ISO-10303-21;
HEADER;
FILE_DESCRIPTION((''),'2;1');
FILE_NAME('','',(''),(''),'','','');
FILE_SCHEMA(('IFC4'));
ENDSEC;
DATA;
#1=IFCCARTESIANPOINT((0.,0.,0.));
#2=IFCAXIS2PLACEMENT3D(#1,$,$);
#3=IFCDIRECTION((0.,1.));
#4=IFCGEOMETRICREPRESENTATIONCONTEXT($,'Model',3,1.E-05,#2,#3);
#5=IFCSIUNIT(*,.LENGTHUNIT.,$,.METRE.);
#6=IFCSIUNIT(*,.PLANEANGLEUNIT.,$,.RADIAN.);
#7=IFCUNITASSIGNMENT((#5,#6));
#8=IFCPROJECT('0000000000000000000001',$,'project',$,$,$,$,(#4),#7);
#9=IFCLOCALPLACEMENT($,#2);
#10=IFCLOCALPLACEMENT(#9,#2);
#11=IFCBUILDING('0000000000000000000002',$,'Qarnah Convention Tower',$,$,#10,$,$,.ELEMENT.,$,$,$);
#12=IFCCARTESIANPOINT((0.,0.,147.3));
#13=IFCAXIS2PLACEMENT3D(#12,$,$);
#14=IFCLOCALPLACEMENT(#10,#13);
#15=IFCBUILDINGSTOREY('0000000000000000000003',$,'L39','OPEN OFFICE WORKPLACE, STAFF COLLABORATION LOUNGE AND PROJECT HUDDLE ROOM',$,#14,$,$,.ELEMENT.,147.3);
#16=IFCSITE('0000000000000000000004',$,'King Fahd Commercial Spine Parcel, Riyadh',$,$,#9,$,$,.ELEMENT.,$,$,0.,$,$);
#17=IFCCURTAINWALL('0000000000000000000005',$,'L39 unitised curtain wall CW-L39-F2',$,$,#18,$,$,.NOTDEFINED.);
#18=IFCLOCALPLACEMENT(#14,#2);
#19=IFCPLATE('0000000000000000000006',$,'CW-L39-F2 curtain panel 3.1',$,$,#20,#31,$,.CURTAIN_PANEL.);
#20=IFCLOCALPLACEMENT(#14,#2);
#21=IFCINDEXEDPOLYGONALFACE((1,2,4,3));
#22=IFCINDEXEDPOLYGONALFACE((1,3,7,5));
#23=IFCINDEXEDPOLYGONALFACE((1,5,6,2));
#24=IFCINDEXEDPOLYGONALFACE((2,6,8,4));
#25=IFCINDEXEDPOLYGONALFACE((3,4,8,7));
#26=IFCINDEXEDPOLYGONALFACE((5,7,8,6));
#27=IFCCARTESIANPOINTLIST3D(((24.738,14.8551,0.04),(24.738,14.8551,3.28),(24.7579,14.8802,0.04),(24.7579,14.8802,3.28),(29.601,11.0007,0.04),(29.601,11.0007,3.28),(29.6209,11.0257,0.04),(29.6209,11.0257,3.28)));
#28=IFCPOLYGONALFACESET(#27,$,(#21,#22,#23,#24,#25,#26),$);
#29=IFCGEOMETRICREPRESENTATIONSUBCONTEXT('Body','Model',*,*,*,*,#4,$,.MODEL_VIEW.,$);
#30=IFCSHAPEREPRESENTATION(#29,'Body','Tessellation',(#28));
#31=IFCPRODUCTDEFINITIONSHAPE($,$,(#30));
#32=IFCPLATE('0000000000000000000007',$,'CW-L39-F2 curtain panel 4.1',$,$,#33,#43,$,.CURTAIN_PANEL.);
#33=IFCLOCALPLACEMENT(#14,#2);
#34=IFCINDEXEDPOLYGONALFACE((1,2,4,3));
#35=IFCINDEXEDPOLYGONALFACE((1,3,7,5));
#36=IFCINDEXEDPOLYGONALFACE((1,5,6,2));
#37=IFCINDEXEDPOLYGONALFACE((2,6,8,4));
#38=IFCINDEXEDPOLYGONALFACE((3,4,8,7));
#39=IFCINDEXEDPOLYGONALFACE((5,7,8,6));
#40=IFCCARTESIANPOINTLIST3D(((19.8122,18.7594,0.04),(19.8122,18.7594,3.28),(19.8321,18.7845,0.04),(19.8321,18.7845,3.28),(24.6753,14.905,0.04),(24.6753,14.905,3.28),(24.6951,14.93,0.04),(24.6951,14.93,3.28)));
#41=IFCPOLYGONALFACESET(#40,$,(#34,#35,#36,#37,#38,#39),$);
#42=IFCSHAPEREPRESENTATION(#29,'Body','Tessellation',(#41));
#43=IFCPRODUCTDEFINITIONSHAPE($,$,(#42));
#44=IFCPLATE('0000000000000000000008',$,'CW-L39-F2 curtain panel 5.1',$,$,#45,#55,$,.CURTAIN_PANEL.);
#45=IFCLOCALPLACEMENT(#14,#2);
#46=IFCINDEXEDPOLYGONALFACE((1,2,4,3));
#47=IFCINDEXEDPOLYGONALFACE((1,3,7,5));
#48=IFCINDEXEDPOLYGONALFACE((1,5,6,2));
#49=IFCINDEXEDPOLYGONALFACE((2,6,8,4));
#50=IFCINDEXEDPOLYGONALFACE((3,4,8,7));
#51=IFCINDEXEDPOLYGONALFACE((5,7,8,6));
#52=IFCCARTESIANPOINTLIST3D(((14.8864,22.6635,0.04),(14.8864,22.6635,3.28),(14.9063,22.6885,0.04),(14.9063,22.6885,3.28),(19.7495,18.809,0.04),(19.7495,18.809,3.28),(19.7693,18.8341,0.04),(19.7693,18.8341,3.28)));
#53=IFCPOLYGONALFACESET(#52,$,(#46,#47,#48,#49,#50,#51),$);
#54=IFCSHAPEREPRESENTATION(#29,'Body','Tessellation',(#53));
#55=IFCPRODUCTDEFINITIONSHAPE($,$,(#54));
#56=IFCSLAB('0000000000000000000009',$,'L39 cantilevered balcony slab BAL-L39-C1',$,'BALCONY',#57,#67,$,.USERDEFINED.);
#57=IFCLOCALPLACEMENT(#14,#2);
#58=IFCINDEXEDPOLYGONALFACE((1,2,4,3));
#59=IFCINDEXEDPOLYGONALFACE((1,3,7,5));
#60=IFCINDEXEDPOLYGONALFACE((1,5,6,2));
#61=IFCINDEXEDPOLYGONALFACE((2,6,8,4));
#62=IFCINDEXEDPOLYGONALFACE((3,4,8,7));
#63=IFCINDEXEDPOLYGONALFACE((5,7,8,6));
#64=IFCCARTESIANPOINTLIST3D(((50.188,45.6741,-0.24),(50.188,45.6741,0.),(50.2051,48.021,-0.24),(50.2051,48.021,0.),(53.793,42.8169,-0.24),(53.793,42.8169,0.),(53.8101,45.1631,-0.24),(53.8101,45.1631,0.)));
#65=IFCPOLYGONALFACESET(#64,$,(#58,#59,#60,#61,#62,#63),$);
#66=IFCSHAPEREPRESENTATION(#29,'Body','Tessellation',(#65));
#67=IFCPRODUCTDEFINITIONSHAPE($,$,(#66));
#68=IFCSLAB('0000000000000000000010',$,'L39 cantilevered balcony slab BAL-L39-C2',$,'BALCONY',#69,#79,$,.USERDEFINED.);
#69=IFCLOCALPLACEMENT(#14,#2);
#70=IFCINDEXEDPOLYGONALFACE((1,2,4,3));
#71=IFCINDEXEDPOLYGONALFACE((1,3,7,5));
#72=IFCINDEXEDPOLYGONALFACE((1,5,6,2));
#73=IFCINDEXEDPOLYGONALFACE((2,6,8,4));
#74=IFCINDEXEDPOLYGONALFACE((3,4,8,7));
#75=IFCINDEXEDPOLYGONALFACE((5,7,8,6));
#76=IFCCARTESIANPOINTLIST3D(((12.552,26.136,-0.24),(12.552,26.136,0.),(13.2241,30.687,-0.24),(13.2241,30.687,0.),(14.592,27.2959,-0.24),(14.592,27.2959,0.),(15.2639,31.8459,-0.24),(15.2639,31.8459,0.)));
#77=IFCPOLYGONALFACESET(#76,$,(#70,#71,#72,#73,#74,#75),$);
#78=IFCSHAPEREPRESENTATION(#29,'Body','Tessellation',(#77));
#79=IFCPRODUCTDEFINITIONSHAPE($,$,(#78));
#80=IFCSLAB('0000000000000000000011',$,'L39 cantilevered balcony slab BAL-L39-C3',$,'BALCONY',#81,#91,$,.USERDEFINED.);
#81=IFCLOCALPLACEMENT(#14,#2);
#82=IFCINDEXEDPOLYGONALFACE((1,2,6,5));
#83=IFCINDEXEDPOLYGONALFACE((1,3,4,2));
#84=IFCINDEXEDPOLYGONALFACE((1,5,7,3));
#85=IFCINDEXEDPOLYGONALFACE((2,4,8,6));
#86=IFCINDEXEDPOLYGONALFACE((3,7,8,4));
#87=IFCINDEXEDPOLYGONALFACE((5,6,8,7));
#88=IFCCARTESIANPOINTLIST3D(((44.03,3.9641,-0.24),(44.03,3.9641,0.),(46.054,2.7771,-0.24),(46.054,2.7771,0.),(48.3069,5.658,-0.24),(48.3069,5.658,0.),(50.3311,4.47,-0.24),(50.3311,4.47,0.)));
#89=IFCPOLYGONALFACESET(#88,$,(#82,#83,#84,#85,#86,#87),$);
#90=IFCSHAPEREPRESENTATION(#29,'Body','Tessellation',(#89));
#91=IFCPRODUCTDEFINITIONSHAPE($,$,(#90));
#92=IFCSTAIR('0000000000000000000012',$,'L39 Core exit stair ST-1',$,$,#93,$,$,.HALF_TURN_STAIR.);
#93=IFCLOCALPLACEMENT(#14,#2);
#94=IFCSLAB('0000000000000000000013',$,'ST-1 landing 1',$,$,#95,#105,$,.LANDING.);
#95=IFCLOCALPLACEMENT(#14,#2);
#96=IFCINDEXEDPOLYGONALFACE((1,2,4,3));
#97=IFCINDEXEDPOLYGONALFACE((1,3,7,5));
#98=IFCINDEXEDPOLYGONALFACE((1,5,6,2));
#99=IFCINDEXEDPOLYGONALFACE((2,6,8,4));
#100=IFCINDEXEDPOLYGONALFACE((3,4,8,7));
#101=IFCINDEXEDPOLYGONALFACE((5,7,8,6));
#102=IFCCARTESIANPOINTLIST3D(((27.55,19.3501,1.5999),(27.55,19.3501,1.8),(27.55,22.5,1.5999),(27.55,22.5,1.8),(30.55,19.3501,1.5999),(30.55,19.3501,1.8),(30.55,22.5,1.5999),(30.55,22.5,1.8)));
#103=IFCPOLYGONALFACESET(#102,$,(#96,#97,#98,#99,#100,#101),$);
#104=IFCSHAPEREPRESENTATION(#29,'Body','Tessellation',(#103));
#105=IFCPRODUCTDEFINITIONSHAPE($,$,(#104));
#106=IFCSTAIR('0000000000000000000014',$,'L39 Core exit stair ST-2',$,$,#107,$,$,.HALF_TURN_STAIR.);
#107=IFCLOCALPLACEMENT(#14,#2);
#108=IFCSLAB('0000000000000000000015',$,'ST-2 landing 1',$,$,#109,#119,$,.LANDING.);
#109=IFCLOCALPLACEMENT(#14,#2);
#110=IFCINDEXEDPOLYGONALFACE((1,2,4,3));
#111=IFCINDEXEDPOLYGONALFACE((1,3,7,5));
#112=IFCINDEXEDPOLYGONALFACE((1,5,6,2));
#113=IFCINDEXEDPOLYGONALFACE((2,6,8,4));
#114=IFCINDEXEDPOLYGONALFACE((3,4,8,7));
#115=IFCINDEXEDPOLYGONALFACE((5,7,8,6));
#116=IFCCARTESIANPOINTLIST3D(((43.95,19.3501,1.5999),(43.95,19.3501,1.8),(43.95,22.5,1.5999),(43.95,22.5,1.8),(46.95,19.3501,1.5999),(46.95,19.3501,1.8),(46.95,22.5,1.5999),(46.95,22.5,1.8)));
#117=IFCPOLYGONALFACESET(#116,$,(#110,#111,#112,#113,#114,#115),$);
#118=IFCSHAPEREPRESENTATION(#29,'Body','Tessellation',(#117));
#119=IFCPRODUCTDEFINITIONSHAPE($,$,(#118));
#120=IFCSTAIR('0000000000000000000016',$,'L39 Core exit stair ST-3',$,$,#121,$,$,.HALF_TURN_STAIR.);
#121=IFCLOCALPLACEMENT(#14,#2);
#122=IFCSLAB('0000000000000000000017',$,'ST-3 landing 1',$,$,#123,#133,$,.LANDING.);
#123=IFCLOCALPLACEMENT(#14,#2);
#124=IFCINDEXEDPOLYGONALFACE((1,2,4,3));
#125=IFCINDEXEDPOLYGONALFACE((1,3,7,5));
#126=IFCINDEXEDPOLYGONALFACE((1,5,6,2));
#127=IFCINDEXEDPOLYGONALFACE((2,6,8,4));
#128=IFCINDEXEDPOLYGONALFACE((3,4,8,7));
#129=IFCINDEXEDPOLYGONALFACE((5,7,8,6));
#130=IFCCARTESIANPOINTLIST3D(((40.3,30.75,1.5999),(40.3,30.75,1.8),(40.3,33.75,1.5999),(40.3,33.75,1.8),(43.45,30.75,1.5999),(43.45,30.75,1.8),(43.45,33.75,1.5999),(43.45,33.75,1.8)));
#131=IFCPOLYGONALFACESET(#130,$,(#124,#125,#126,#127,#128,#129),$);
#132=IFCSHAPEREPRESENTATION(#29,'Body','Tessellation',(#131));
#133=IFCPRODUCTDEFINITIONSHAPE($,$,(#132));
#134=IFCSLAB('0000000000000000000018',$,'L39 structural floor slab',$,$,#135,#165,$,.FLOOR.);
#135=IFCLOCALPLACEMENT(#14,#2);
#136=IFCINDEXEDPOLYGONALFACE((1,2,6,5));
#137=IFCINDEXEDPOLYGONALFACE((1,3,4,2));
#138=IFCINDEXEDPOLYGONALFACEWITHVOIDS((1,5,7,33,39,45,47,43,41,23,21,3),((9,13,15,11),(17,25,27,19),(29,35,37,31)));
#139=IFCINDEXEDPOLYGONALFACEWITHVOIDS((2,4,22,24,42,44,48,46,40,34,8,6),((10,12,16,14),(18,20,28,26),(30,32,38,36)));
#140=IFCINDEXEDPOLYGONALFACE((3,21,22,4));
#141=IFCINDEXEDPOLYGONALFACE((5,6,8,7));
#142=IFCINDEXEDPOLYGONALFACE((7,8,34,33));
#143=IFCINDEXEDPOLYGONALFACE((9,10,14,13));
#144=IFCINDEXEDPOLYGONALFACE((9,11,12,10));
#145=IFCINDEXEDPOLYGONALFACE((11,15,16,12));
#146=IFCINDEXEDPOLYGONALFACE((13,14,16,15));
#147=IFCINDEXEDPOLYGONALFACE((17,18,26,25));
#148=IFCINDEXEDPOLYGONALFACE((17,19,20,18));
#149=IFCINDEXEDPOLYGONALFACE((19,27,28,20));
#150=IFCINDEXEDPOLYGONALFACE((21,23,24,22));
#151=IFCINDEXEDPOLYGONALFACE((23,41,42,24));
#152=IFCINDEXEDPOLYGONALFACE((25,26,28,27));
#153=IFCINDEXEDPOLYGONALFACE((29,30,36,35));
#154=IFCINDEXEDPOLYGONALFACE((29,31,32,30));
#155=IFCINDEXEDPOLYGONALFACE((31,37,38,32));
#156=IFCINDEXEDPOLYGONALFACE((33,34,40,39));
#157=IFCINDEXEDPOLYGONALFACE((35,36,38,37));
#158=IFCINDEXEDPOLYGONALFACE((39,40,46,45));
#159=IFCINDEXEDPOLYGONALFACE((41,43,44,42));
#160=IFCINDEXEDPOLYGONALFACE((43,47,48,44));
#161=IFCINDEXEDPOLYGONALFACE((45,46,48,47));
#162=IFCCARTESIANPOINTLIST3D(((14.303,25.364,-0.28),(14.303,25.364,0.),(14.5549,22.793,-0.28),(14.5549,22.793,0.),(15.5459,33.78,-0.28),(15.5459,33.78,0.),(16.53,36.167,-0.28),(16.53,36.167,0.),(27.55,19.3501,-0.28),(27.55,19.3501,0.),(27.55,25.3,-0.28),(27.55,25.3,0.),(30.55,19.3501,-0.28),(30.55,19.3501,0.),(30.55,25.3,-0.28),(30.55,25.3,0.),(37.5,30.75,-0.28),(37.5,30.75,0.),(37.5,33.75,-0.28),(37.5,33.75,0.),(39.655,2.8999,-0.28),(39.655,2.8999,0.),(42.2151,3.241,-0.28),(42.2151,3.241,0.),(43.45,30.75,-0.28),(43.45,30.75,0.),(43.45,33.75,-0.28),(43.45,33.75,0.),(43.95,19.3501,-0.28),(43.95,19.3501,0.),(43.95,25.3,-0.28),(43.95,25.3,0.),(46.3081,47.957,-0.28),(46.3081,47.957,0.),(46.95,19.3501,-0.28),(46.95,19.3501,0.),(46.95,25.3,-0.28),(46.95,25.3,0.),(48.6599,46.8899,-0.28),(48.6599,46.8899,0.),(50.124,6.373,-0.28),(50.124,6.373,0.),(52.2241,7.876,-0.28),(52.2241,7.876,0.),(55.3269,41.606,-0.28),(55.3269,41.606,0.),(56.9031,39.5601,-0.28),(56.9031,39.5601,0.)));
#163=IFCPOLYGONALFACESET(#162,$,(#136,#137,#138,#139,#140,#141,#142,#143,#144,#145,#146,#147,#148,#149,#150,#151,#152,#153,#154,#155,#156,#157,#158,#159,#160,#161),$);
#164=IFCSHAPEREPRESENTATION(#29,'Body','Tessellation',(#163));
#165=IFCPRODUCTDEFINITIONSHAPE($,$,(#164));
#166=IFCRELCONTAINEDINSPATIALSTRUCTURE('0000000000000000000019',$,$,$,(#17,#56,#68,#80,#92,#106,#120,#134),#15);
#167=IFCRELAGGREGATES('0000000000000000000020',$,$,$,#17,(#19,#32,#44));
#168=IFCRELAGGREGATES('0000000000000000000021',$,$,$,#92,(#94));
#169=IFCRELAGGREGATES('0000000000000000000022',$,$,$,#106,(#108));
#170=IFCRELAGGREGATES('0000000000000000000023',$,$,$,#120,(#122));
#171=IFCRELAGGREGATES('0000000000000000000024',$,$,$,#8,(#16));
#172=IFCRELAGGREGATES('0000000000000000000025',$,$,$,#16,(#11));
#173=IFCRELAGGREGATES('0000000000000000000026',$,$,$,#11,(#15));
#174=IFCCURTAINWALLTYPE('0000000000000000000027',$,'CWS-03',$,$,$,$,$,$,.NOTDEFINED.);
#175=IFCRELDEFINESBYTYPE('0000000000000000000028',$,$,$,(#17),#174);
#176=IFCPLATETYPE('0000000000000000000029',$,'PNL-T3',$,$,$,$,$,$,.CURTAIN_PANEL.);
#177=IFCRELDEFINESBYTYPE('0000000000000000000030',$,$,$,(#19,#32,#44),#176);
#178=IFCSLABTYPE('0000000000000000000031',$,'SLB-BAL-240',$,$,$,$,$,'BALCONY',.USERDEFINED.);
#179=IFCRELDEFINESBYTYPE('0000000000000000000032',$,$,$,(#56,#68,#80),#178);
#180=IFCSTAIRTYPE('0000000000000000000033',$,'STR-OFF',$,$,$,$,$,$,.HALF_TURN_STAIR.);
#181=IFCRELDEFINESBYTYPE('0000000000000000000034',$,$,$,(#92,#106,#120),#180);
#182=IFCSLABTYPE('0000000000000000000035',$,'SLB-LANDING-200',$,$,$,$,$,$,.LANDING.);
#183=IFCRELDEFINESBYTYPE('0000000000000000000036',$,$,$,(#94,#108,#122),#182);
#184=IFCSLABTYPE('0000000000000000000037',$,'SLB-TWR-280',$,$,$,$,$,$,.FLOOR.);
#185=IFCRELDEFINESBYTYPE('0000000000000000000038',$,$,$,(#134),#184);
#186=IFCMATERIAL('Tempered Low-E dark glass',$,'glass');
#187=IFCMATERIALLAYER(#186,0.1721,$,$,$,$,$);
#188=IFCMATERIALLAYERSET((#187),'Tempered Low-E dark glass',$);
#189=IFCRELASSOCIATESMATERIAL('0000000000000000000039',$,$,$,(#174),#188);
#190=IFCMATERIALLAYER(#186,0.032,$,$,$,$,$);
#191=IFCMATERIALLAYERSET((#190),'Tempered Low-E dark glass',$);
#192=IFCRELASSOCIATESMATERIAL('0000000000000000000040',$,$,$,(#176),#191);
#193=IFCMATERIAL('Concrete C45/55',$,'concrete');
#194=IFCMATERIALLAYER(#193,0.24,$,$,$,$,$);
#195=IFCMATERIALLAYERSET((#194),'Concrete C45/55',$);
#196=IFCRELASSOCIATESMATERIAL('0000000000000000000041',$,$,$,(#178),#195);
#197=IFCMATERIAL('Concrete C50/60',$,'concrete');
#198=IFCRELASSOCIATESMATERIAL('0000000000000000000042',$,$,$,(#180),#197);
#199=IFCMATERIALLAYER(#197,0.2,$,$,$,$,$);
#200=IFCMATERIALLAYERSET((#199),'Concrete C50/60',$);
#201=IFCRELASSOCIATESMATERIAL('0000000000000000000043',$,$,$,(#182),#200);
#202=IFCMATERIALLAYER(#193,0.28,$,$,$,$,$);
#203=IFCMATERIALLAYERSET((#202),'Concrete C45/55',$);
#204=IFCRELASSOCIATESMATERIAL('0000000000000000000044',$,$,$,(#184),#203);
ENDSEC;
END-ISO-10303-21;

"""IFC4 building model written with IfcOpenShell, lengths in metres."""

from ifc_helpers import new_model, si_unit, direction, frame, origin, origin_2d, place, context, subcontext, project, spatial, polyline, rectangle, outline, extrude, material, layer, layer_set, type_object, element, aggregate, save


model = new_model("IFC4")

# Units and contexts
model_context = context("Model", 3, precision=1e-05, world=origin(), true_north=direction((0.0, 1.0)))
body_context = subcontext(model_context, "Body", "Model", "MODEL_VIEW")
ifc_project = project(units=[si_unit("LENGTHUNIT", "METRE"), si_unit("PLANEANGLEUNIT", "RADIAN")], contexts=[model_context])

# Site, building, storey
site_placement = place(None, origin())
site = spatial("IfcSite", under=ifc_project, at=site_placement, Name="King Fahd Commercial Spine Parcel, Riyadh", CompositionType="ELEMENT", RefElevation=0.0)
building_placement = place(site_placement, origin())
building = spatial("IfcBuilding", under=site, at=building_placement, Name="Qarnah Convention Tower", CompositionType="ELEMENT")
storey_placement = place(building_placement, frame((0.0, 0.0, 147.3)))
storey = spatial("IfcBuildingStorey", under=building, at=storey_placement, Name="L39", Description="OPEN OFFICE WORKPLACE, STAFF COLLABORATION LOUNGE AND PROJECT HUDDLE ROOM", CompositionType="ELEMENT", Elevation=147.3)

# Curtain wall, plates
ifc_material_1 = material(Name="Tempered Low-E dark glass", Category="glass")
ifc_layer_1 = layer(ifc_material_1, 0.1721)
ifc_layer_set_1 = layer_set([ifc_layer_1], Name="Tempered Low-E dark glass")
curtain_wall_type = type_object("IfcCurtainWallType", Name="CWS-03", PredefinedType="NOTDEFINED", material=ifc_layer_set_1)
curtain_wall_placement = place(storey_placement, origin())
curtain_wall = element("IfcCurtainWall", 1, at=curtain_wall_placement, inside=storey, type_object=curtain_wall_type, Name="L39 unitised curtain wall CW-L39-F2", PredefinedType="NOTDEFINED")
ifc_layer_2 = layer(ifc_material_1, 0.032)
ifc_layer_set_2 = layer_set([ifc_layer_2], Name="Tempered Low-E dark glass")
plate_type = type_object("IfcPlateType", Name="PNL-T3", PredefinedType="CURTAIN_PANEL", material=ifc_layer_set_2)
plate_1_placement = place(storey_placement, frame((27.1794, 12.9404, 0.04), z_axis=(0.0, 0.0, 1.0), x_axis=(-0.783689, 0.621154, 0.0)))
plate_1 = element("IfcPlate", 2, at=plate_1_placement, type_object=plate_type, Name="CW-L39-F2 curtain panel 3.1", PredefinedType="CURTAIN_PANEL", context=body_context, shape_type="SweptSolid", body=[
    extrude(rectangle(XDim=6.2053, YDim=0.032, at=origin_2d()), origin(), (0.0, 0.0, 1.0), 3.24),
])
plate_2_placement = place(storey_placement, frame((22.2537, 16.8447, 0.04), z_axis=(0.0, 0.0, 1.0), x_axis=(-0.783689, 0.621154, 0.0)))
plate_2 = element("IfcPlate", 3, at=plate_2_placement, type_object=plate_type, Name="CW-L39-F2 curtain panel 4.1", PredefinedType="CURTAIN_PANEL", context=body_context, shape_type="SweptSolid", body=[
    extrude(rectangle(XDim=6.2053, YDim=0.032, at=origin_2d()), origin(), (0.0, 0.0, 1.0), 3.24),
])
plate_3_placement = place(storey_placement, frame((17.3279, 20.7488, 0.04), z_axis=(0.0, 0.0, 1.0), x_axis=(-0.783689, 0.621154, 0.0)))
plate_3 = element("IfcPlate", 4, at=plate_3_placement, type_object=plate_type, Name="CW-L39-F2 curtain panel 5.1", PredefinedType="CURTAIN_PANEL", context=body_context, shape_type="SweptSolid", body=[
    extrude(rectangle(XDim=6.2053, YDim=0.032, at=origin_2d()), origin(), (0.0, 0.0, 1.0), 3.24),
])
aggregate(curtain_wall, [plate_1, plate_2, plate_3])

# Slabs
ifc_material_2 = material(Name="Concrete C45/55", Category="concrete")
ifc_layer_3 = layer(ifc_material_2, 0.24)
ifc_layer_set_3 = layer_set([ifc_layer_3], Name="Concrete C45/55")
slab_type_1 = type_object("IfcSlabType", Name="SLB-BAL-240", ElementType="BALCONY", PredefinedType="USERDEFINED", material=ifc_layer_set_3)
slab_1_placement = place(storey_placement, frame((0.0, 0.0, -0.24)))
element("IfcSlab", 5, at=slab_1_placement, inside=storey, type_object=slab_type_1, Name="L39 cantilevered balcony slab BAL-L39-C1", ObjectType="BALCONY", PredefinedType="USERDEFINED", context=body_context, shape_type="SweptSolid", body=[
    extrude(outline(polyline([(50.2051, 48.021), (53.8101, 45.1631), (53.793, 42.8169), (50.188, 45.6741), (50.2051, 48.021)])), origin(), (0.0, 0.0, 1.0), 0.24),
])
slab_2_placement = place(storey_placement, frame((0.0, 0.0, -0.24)))
element("IfcSlab", 6, at=slab_2_placement, inside=storey, type_object=slab_type_1, Name="L39 cantilevered balcony slab BAL-L39-C2", ObjectType="BALCONY", PredefinedType="USERDEFINED", context=body_context, shape_type="SweptSolid", body=[
    extrude(outline(polyline([(12.552, 26.136), (13.2241, 30.687), (15.2639, 31.8459), (14.592, 27.2959), (12.552, 26.136)])), origin(), (0.0, 0.0, 1.0), 0.24),
])
slab_3_placement = place(storey_placement, frame((0.0, 0.0, -0.24)))
element("IfcSlab", 7, at=slab_3_placement, inside=storey, type_object=slab_type_1, Name="L39 cantilevered balcony slab BAL-L39-C3", ObjectType="BALCONY", PredefinedType="USERDEFINED", context=body_context, shape_type="SweptSolid", body=[
    extrude(outline(polyline([(50.3311, 4.47), (46.054, 2.7771), (44.03, 3.9641), (48.3069, 5.658), (50.3311, 4.47)])), origin(), (0.0, 0.0, 1.0), 0.24),
])

# Stairs, slabs
ifc_material_3 = material(Name="Concrete C50/60", Category="concrete")
stair_type = type_object("IfcStairType", Name="STR-OFF", PredefinedType="HALF_TURN_STAIR", material=ifc_material_3)
stair_1_placement = place(storey_placement, origin())
stair_1 = element("IfcStair", 8, at=stair_1_placement, inside=storey, type_object=stair_type, Name="L39 Core exit stair ST-1", PredefinedType="HALF_TURN_STAIR")
ifc_layer_4 = layer(ifc_material_3, 0.2)
ifc_layer_set_4 = layer_set([ifc_layer_4], Name="Concrete C50/60")
slab_type_2 = type_object("IfcSlabType", Name="SLB-LANDING-200", PredefinedType="LANDING", material=ifc_layer_set_4)
slab_4_placement = place(storey_placement, frame((0.0, 0.0, 1.5999)))
slab_4 = element("IfcSlab", 9, at=slab_4_placement, type_object=slab_type_2, Name="ST-1 landing 1", PredefinedType="LANDING", context=body_context, shape_type="SweptSolid", body=[
    extrude(outline(polyline([(27.55, 22.5), (27.55, 19.3501), (30.55, 19.3501), (30.55, 22.5), (27.55, 22.5)])), origin(), (0.0, 0.0, 1.0), 0.2002),
])
aggregate(stair_1, [slab_4])
stair_2_placement = place(storey_placement, origin())
stair_2 = element("IfcStair", 10, at=stair_2_placement, inside=storey, type_object=stair_type, Name="L39 Core exit stair ST-2", PredefinedType="HALF_TURN_STAIR")
slab_5_placement = place(storey_placement, frame((0.0, 0.0, 1.5999)))
slab_5 = element("IfcSlab", 11, at=slab_5_placement, type_object=slab_type_2, Name="ST-2 landing 1", PredefinedType="LANDING", context=body_context, shape_type="SweptSolid", body=[
    extrude(outline(polyline([(43.95, 22.5), (43.95, 19.3501), (46.95, 19.3501), (46.95, 22.5), (43.95, 22.5)])), origin(), (0.0, 0.0, 1.0), 0.2002),
])
aggregate(stair_2, [slab_5])
stair_3_placement = place(storey_placement, origin())
stair_3 = element("IfcStair", 12, at=stair_3_placement, inside=storey, type_object=stair_type, Name="L39 Core exit stair ST-3", PredefinedType="HALF_TURN_STAIR")
slab_6_placement = place(storey_placement, frame((0.0, 0.0, 1.5999)))
slab_6 = element("IfcSlab", 13, at=slab_6_placement, type_object=slab_type_2, Name="ST-3 landing 1", PredefinedType="LANDING", context=body_context, shape_type="SweptSolid", body=[
    extrude(outline(polyline([(40.3, 30.75), (43.45, 30.75), (43.45, 33.75), (40.3, 33.75), (40.3, 30.75)])), origin(), (0.0, 0.0, 1.0), 0.2002),
])
aggregate(stair_3, [slab_6])

# Slab
ifc_layer_5 = layer(ifc_material_2, 0.28)
ifc_layer_set_5 = layer_set([ifc_layer_5], Name="Concrete C45/55")
slab_type_3 = type_object("IfcSlabType", Name="SLB-TWR-280", PredefinedType="FLOOR", material=ifc_layer_set_5)
slab_7_placement = place(storey_placement, frame((0.0, 0.0, -0.28)))
element("IfcSlab", 14, at=slab_7_placement, inside=storey, type_object=slab_type_3, Name="L39 structural floor slab", PredefinedType="FLOOR", context=body_context, shape_type="SweptSolid", body=[
    extrude(outline(polyline([(46.3081, 47.957), (16.53, 36.167), (15.5459, 33.78), (14.303, 25.364), (14.5549, 22.793), (39.655, 2.8999), (42.2151, 3.241), (50.124, 6.373), (52.2241, 7.876), (56.9031, 39.5601), (55.3269, 41.606), (48.6599, 46.8899), (46.3081, 47.957)]), holes=[polyline([(27.55, 25.3), (27.55, 19.3501), (30.55, 19.3501), (30.55, 25.3), (27.55, 25.3)]), polyline([(43.95, 25.3), (43.95, 19.3501), (46.95, 19.3501), (46.95, 25.3), (43.95, 25.3)]), polyline([(37.5, 30.75), (43.45, 30.75), (43.45, 33.75), (37.5, 33.75), (37.5, 30.75)])]), origin(), (0.0, 0.0, 1.0), 0.28),
])

save(model, "model.ifc")
